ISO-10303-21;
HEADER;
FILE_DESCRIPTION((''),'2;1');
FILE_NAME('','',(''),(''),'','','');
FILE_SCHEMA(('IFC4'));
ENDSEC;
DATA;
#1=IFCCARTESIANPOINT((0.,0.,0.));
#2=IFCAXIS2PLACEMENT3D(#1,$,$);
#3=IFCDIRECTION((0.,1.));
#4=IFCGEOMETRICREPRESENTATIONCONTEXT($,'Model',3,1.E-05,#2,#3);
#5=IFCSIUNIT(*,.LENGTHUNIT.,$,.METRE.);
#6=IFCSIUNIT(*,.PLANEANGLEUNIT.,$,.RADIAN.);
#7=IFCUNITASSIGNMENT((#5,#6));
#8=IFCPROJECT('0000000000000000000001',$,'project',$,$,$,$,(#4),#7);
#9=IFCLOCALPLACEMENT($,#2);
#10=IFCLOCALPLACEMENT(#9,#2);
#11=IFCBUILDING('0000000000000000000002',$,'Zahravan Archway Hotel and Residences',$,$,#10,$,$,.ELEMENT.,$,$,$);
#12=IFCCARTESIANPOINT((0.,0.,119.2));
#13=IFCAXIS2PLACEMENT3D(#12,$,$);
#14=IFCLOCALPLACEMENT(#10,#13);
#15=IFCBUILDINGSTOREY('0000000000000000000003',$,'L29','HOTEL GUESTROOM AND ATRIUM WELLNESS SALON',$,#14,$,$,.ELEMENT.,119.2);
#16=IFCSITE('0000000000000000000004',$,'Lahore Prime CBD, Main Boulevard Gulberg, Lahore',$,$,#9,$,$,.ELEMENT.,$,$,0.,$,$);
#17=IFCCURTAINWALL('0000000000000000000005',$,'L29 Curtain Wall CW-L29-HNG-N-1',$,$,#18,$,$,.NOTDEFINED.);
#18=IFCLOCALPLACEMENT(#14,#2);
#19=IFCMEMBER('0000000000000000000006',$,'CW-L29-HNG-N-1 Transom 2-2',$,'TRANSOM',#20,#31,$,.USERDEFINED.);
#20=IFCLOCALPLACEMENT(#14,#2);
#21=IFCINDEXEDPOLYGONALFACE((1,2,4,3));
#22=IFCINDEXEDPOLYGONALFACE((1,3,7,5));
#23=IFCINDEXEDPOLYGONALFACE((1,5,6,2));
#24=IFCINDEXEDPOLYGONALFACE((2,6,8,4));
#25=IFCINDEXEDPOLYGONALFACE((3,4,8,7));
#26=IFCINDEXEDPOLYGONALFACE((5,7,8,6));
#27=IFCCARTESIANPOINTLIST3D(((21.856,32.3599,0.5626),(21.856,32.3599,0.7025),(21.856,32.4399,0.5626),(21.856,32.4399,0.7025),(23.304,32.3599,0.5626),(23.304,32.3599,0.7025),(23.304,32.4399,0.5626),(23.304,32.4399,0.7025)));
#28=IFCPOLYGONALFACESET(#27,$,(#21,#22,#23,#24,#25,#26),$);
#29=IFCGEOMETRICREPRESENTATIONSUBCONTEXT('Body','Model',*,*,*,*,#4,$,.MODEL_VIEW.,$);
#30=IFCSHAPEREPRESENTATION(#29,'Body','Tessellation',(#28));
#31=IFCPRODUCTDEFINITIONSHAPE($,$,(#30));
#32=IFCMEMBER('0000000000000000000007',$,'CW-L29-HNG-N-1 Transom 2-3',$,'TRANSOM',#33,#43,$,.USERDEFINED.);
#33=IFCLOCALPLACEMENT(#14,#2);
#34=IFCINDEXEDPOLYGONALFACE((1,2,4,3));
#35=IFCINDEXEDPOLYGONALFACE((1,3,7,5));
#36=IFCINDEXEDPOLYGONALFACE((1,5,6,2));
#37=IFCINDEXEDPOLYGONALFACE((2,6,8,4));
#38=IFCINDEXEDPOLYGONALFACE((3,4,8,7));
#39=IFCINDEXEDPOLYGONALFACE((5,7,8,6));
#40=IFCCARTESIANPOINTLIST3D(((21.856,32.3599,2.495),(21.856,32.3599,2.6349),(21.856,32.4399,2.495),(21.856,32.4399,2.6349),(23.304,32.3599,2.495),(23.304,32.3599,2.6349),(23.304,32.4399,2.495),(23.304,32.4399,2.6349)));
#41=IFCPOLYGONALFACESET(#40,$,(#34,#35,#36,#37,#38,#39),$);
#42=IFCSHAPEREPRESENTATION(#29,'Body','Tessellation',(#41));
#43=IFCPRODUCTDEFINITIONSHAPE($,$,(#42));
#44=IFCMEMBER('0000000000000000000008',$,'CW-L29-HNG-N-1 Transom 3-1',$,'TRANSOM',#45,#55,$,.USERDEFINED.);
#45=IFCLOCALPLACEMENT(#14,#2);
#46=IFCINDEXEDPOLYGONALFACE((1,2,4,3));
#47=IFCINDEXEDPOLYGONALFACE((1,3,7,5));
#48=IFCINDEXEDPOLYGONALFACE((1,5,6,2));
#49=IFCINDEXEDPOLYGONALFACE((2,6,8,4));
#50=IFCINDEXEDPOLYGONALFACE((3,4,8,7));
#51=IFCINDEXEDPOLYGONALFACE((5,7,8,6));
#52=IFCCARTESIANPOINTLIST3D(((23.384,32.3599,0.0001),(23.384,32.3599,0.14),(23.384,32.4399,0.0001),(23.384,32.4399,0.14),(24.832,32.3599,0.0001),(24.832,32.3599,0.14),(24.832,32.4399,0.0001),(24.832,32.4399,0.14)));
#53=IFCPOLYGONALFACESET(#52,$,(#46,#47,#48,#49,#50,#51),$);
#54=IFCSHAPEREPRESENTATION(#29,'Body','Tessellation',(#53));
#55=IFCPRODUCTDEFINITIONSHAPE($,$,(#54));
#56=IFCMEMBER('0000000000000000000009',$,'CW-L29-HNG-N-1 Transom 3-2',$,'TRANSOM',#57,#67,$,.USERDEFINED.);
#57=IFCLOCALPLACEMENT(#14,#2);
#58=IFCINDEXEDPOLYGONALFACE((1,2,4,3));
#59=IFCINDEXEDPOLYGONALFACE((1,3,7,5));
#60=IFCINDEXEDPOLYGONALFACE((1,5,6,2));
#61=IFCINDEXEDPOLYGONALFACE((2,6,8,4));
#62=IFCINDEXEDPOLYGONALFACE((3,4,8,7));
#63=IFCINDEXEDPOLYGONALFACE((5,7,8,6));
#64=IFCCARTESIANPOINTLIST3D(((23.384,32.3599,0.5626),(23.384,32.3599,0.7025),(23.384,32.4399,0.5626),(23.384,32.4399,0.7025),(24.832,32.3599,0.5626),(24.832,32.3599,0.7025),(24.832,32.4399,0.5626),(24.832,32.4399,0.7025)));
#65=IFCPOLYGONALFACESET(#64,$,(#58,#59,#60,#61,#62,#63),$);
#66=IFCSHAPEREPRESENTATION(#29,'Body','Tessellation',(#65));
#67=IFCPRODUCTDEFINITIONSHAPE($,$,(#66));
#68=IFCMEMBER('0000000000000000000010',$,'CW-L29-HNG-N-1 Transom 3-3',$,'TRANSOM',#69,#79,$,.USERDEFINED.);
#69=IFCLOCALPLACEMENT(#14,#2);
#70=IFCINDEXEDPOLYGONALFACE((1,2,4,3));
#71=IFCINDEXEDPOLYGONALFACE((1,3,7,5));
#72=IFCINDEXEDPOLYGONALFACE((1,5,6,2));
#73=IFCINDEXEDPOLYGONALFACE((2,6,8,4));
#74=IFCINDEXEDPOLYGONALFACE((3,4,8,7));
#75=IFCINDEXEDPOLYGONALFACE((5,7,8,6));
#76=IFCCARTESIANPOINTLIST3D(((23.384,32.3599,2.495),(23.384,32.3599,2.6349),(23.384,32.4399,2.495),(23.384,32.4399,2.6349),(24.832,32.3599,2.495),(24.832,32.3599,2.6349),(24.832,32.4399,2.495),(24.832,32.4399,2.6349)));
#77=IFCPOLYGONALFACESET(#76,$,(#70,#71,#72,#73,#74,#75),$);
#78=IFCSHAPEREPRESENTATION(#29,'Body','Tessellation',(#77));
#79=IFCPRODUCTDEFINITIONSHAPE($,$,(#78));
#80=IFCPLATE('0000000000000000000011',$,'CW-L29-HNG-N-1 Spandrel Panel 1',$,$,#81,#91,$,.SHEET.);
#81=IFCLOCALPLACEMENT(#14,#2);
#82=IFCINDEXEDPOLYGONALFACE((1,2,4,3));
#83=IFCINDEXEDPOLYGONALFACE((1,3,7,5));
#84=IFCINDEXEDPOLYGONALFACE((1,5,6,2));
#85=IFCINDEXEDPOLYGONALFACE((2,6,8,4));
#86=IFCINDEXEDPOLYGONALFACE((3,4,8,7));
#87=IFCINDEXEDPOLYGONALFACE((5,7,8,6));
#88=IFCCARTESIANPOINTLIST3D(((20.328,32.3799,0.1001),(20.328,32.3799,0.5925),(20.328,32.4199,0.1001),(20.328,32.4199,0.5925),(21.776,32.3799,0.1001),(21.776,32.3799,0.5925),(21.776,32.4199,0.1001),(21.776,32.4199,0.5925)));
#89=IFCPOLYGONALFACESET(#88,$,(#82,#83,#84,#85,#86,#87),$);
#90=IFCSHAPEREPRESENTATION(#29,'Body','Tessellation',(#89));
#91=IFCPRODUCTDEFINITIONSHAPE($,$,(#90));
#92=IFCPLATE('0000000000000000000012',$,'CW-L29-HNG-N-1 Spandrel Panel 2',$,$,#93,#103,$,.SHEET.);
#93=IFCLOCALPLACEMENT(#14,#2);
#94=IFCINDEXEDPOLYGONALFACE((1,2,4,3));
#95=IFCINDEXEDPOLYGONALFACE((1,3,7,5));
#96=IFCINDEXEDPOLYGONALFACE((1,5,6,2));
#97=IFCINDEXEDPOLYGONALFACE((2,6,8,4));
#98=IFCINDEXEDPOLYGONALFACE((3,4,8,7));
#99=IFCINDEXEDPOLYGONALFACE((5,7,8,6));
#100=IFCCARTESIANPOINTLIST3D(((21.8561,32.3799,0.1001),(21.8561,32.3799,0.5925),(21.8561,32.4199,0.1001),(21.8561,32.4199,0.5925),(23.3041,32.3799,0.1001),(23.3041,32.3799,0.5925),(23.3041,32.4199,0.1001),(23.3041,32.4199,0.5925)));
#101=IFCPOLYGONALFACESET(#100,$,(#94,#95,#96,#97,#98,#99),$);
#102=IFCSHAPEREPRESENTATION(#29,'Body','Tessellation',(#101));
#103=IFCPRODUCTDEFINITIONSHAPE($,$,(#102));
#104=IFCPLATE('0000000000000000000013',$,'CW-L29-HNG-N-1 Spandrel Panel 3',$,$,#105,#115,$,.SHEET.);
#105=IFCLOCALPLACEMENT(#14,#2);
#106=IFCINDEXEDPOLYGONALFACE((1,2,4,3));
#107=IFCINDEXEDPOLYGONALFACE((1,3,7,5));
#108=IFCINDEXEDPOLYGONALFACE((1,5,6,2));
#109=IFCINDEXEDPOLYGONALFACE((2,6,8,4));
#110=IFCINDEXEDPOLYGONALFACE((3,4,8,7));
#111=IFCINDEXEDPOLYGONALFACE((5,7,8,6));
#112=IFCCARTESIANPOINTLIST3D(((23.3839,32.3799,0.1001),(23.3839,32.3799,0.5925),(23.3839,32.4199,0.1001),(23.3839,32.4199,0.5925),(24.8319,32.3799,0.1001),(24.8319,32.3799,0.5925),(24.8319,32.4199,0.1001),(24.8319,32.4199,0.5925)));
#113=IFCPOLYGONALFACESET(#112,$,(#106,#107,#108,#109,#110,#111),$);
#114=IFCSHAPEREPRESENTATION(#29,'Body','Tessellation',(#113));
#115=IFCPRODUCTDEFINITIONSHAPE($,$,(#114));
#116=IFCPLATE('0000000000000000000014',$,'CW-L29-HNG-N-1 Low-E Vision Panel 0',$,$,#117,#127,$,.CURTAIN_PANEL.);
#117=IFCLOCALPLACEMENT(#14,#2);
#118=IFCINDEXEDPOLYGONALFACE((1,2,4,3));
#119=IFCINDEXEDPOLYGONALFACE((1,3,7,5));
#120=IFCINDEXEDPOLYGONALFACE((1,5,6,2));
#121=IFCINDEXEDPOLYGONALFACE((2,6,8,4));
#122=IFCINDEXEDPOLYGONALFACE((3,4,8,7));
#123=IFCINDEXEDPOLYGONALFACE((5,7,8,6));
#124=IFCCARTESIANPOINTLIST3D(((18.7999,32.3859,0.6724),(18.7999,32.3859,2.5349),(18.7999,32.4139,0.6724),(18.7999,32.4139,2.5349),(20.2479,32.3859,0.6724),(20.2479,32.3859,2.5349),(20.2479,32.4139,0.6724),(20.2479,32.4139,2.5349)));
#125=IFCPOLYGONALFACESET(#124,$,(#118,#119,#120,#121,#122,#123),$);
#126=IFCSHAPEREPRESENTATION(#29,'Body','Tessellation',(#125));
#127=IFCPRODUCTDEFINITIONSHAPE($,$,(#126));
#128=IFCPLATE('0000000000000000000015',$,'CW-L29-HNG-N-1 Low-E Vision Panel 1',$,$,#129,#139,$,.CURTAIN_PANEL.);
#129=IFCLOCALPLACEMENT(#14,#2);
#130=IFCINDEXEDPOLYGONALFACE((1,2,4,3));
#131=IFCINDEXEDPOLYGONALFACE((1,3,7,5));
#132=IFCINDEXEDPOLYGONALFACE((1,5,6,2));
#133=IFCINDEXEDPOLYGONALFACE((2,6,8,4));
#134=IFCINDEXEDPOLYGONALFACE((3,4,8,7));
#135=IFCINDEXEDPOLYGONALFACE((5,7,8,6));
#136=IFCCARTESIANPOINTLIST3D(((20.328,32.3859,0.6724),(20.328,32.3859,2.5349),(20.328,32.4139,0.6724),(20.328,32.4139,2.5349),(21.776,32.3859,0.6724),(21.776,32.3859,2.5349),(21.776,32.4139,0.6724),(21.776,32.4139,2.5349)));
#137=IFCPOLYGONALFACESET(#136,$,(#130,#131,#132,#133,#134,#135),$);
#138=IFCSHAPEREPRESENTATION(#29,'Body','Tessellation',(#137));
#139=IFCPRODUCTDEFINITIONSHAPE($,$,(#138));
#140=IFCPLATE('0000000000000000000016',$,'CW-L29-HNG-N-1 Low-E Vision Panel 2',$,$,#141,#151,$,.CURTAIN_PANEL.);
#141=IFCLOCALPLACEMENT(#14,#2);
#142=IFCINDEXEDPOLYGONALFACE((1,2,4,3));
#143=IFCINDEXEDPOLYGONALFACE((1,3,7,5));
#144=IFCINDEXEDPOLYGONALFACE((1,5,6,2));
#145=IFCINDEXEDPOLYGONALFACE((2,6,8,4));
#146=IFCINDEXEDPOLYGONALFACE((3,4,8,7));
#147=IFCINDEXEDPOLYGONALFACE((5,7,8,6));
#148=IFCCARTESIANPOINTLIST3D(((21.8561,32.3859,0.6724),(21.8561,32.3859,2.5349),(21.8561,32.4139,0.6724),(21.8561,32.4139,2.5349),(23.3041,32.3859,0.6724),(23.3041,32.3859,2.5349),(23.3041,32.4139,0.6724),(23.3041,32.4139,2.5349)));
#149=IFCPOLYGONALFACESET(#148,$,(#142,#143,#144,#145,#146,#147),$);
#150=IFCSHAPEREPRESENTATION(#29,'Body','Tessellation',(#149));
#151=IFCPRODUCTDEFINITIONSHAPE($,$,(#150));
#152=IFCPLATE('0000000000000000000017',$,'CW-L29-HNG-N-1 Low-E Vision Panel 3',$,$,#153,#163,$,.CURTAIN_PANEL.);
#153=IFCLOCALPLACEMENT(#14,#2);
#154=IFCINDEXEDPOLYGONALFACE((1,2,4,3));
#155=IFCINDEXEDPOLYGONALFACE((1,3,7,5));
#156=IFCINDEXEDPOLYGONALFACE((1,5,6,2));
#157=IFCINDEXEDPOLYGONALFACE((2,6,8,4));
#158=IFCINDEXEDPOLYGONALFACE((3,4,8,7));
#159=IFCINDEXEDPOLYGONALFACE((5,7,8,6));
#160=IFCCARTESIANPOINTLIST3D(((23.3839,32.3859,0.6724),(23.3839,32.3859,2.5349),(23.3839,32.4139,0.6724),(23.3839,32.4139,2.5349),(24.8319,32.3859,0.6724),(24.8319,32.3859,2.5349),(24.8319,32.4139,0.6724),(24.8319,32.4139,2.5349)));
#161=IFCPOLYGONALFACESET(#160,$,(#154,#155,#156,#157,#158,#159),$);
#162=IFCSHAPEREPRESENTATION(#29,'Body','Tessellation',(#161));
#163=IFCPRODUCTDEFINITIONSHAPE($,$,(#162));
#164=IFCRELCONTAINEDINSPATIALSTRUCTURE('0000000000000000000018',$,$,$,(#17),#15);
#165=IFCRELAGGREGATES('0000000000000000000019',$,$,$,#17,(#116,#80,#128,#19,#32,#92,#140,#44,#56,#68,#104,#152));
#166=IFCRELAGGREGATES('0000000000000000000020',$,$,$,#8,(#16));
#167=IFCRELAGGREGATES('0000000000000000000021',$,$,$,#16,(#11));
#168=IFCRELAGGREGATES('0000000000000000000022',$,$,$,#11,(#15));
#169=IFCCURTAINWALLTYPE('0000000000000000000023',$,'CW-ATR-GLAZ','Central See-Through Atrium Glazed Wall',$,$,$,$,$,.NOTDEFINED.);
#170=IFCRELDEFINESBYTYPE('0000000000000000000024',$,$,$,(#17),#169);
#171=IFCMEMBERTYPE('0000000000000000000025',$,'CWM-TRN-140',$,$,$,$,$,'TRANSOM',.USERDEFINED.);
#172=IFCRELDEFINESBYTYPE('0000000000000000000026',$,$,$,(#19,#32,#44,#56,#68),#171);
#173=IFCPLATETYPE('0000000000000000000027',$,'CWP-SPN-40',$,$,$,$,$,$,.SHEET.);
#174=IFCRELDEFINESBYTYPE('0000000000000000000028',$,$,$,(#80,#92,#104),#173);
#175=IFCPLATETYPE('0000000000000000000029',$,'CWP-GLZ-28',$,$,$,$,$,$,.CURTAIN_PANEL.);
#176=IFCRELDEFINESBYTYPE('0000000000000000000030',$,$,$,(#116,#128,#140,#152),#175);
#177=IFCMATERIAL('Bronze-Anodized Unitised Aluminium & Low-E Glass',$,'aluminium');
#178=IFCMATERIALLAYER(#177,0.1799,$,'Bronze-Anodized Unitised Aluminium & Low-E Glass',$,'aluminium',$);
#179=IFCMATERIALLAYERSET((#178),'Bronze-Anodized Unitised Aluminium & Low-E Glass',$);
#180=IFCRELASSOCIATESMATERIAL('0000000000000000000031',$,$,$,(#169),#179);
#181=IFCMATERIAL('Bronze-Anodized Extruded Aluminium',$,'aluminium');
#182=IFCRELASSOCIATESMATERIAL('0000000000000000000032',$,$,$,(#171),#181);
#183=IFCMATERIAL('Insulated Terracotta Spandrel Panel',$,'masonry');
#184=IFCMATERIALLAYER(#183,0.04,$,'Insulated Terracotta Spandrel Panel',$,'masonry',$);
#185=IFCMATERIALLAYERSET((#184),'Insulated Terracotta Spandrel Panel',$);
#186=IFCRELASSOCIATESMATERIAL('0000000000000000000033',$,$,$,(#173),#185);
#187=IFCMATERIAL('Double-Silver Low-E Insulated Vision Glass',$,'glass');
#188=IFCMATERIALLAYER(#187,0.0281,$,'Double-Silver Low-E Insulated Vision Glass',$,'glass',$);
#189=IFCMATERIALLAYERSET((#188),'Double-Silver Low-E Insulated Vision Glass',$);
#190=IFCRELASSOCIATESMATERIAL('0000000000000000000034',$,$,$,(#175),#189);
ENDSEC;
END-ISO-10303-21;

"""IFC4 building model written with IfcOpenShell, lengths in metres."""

from ifc_helpers import new_model, si_unit, direction, frame, origin, origin_2d, place, context, subcontext, project, spatial, rectangle, extrude, source, transform, mapped, material, layer, layer_set, material_profile, profile_set, type_object, element, aggregate, save


model = new_model("IFC4")

# Units and contexts
model_context = context("Model", 3, precision=1e-05, world=origin(), true_north=direction((0.0, 1.0)))
body_context = subcontext(model_context, "Body", "Model", "MODEL_VIEW")
ifc_project = project(units=[si_unit("LENGTHUNIT", "METRE"), si_unit("PLANEANGLEUNIT", "RADIAN")], contexts=[model_context])

# Site, building, storey
site_placement = place(None, origin())
site = spatial("IfcSite", under=ifc_project, at=site_placement, Name="Lahore Prime CBD, Main Boulevard Gulberg, Lahore", CompositionType="ELEMENT", RefElevation=0.0)
building_placement = place(site_placement, origin())
building = spatial("IfcBuilding", under=site, at=building_placement, Name="Zahravan Archway Hotel and Residences", CompositionType="ELEMENT")
storey_placement = place(building_placement, frame((0.0, 0.0, 119.2)))
storey = spatial("IfcBuildingStorey", under=building, at=storey_placement, Name="L29", Description="HOTEL GUESTROOM AND ATRIUM WELLNESS SALON", CompositionType="ELEMENT", Elevation=119.2)

# Curtain wall, members, plates
ifc_material_1 = material(Name="Bronze-Anodized Unitised Aluminium & Low-E Glass", Category="aluminium")
ifc_layer_1 = layer(ifc_material_1, 0.1799, Name="Bronze-Anodized Unitised Aluminium & Low-E Glass", Category="aluminium")
ifc_layer_set_1 = layer_set([ifc_layer_1], Name="Bronze-Anodized Unitised Aluminium & Low-E Glass")
curtain_wall_type = type_object("IfcCurtainWallType", Name="CW-ATR-GLAZ", Description="Central See-Through Atrium Glazed Wall", PredefinedType="NOTDEFINED", material=ifc_layer_set_1)
curtain_wall_placement = place(storey_placement, origin())
curtain_wall = element("IfcCurtainWall", 1, at=curtain_wall_placement, inside=storey, type_object=curtain_wall_type, Name="L29 Curtain Wall CW-L29-HNG-N-1", PredefinedType="NOTDEFINED")
ifc_material_2 = material(Name="Bronze-Anodized Extruded Aluminium", Category="aluminium")
ifc_material_profile_1 = material_profile(ifc_material_2, rectangle(XDim=0.0801, YDim=0.1399, at=origin_2d()), Name="TRN 80x140", Category="aluminium")
ifc_profile_set_1 = profile_set([ifc_material_profile_1], Name="Bronze-Anodized Extruded Aluminium")
member_type_1 = type_object("IfcMemberType", Name="CWM-TRN-140", ElementType="TRANSOM", PredefinedType="USERDEFINED", material=ifc_profile_set_1)
shared_shape_1 = source(origin(), body_context, "Body", "SweptSolid", [
    extrude(rectangle(XDim=0.0801, YDim=0.1399, at=origin_2d()), origin(), (0.0, 0.0, 1.0), 1.448),
])
member_1_placement = place(storey_placement, frame((21.856, 32.3999, 0.6326), z_axis=(1.0, 0.0, 0.0), x_axis=(0.0, 1.0, 0.0)))
member_1 = element("IfcMember", 2, at=member_1_placement, type_object=member_type_1, Name="CW-L29-HNG-N-1 Transom 2-2", ObjectType="TRANSOM", PredefinedType="USERDEFINED", context=body_context, shape_type="MappedRepresentation", body=[
    mapped(shared_shape_1, transform((0.0, 0.0, 0.0), scale=1.0)),
])
member_2_placement = place(storey_placement, frame((21.856, 32.3999, 2.5649), z_axis=(1.0, 0.0, 0.0), x_axis=(0.0, 1.0, 0.0)))
member_2 = element("IfcMember", 3, at=member_2_placement, type_object=member_type_1, Name="CW-L29-HNG-N-1 Transom 2-3", ObjectType="TRANSOM", PredefinedType="USERDEFINED", context=body_context, shape_type="MappedRepresentation", body=[
    mapped(shared_shape_1, transform((0.0, 0.0, 0.0), scale=1.0)),
])
member_3_placement = place(storey_placement, frame((23.384, 32.3999, 0.0701), z_axis=(1.0, 0.0, 0.0), x_axis=(0.0, 1.0, 0.0)))
member_3 = element("IfcMember", 4, at=member_3_placement, type_object=member_type_1, Name="CW-L29-HNG-N-1 Transom 3-1", ObjectType="TRANSOM", PredefinedType="USERDEFINED", context=body_context, shape_type="MappedRepresentation", body=[
    mapped(shared_shape_1, transform((0.0, 0.0, 0.0), scale=1.0)),
])
member_4_placement = place(storey_placement, frame((23.384, 32.3999, 0.6326), z_axis=(1.0, 0.0, 0.0), x_axis=(0.0, 1.0, 0.0)))
member_4 = element("IfcMember", 5, at=member_4_placement, type_object=member_type_1, Name="CW-L29-HNG-N-1 Transom 3-2", ObjectType="TRANSOM", PredefinedType="USERDEFINED", context=body_context, shape_type="MappedRepresentation", body=[
    mapped(shared_shape_1, transform((0.0, 0.0, 0.0), scale=1.0)),
])
member_5_placement = place(storey_placement, frame((23.384, 32.3999, 2.5649), z_axis=(1.0, 0.0, 0.0), x_axis=(0.0, 1.0, 0.0)))
member_5 = element("IfcMember", 6, at=member_5_placement, type_object=member_type_1, Name="CW-L29-HNG-N-1 Transom 3-3", ObjectType="TRANSOM", PredefinedType="USERDEFINED", context=body_context, shape_type="MappedRepresentation", body=[
    mapped(shared_shape_1, transform((0.0, 0.0, 0.0), scale=1.0)),
])
ifc_material_3 = material(Name="Insulated Terracotta Spandrel Panel", Category="masonry")
ifc_layer_2 = layer(ifc_material_3, 0.04, Name="Insulated Terracotta Spandrel Panel", Category="masonry")
ifc_layer_set_2 = layer_set([ifc_layer_2], Name="Insulated Terracotta Spandrel Panel")
plate_type_1 = type_object("IfcPlateType", Name="CWP-SPN-40", PredefinedType="SHEET", material=ifc_layer_set_2)
shared_shape_2 = source(origin(), body_context, "Body", "SweptSolid", [
    extrude(rectangle(XDim=1.448, YDim=0.04, at=origin_2d()), origin(), (0.0, 0.0, 1.0), 0.4924),
])
plate_1_placement = place(storey_placement, frame((21.052, 32.3999, 0.1001), z_axis=(0.0, 0.0, 1.0), x_axis=(1.0, 0.0, 0.0)))
plate_1 = element("IfcPlate", 7, at=plate_1_placement, type_object=plate_type_1, Name="CW-L29-HNG-N-1 Spandrel Panel 1", PredefinedType="SHEET", context=body_context, shape_type="MappedRepresentation", body=[
    mapped(shared_shape_2, transform((0.0, 0.0, 0.0), scale=1.0)),
])
plate_2_placement = place(storey_placement, frame((22.5801, 32.3999, 0.1001), z_axis=(0.0, 0.0, 1.0), x_axis=(1.0, 0.0, 0.0)))
plate_2 = element("IfcPlate", 8, at=plate_2_placement, type_object=plate_type_1, Name="CW-L29-HNG-N-1 Spandrel Panel 2", PredefinedType="SHEET", context=body_context, shape_type="MappedRepresentation", body=[
    mapped(shared_shape_2, transform((0.0, 0.0, 0.0), scale=1.0)),
])
plate_3_placement = place(storey_placement, frame((24.1079, 32.3999, 0.1001), z_axis=(0.0, 0.0, 1.0), x_axis=(1.0, 0.0, 0.0)))
plate_3 = element("IfcPlate", 9, at=plate_3_placement, type_object=plate_type_1, Name="CW-L29-HNG-N-1 Spandrel Panel 3", PredefinedType="SHEET", context=body_context, shape_type="MappedRepresentation", body=[
    mapped(shared_shape_2, transform((0.0, 0.0, 0.0), scale=1.0)),
])
ifc_material_4 = material(Name="Double-Silver Low-E Insulated Vision Glass", Category="glass")
ifc_layer_3 = layer(ifc_material_4, 0.0281, Name="Double-Silver Low-E Insulated Vision Glass", Category="glass")
ifc_layer_set_3 = layer_set([ifc_layer_3], Name="Double-Silver Low-E Insulated Vision Glass")
plate_type_2 = type_object("IfcPlateType", Name="CWP-GLZ-28", PredefinedType="CURTAIN_PANEL", material=ifc_layer_set_3)
shared_shape_3 = source(origin(), body_context, "Body", "SweptSolid", [
    extrude(rectangle(XDim=1.448, YDim=0.0281, at=origin_2d()), origin(), (0.0, 0.0, 1.0), 1.8625),
])
plate_4_placement = place(storey_placement, frame((19.5239, 32.3999, 0.6724), z_axis=(0.0, 0.0, 1.0), x_axis=(1.0, 0.0, 0.0)))
plate_4 = element("IfcPlate", 10, at=plate_4_placement, type_object=plate_type_2, Name="CW-L29-HNG-N-1 Low-E Vision Panel 0", PredefinedType="CURTAIN_PANEL", context=body_context, shape_type="MappedRepresentation", body=[
    mapped(shared_shape_3, transform((0.0, 0.0, 0.0), scale=1.0)),
])
plate_5_placement = place(storey_placement, frame((21.052, 32.3999, 0.6724), z_axis=(0.0, 0.0, 1.0), x_axis=(1.0, 0.0, 0.0)))
plate_5 = element("IfcPlate", 11, at=plate_5_placement, type_object=plate_type_2, Name="CW-L29-HNG-N-1 Low-E Vision Panel 1", PredefinedType="CURTAIN_PANEL", context=body_context, shape_type="MappedRepresentation", body=[
    mapped(shared_shape_3, transform((0.0, 0.0, 0.0), scale=1.0)),
])
plate_6_placement = place(storey_placement, frame((22.5801, 32.3999, 0.6724), z_axis=(0.0, 0.0, 1.0), x_axis=(1.0, 0.0, 0.0)))
plate_6 = element("IfcPlate", 12, at=plate_6_placement, type_object=plate_type_2, Name="CW-L29-HNG-N-1 Low-E Vision Panel 2", PredefinedType="CURTAIN_PANEL", context=body_context, shape_type="MappedRepresentation", body=[
    mapped(shared_shape_3, transform((0.0, 0.0, 0.0), scale=1.0)),
])
plate_7_placement = place(storey_placement, frame((24.1079, 32.3999, 0.6724), z_axis=(0.0, 0.0, 1.0), x_axis=(1.0, 0.0, 0.0)))
plate_7 = element("IfcPlate", 13, at=plate_7_placement, type_object=plate_type_2, Name="CW-L29-HNG-N-1 Low-E Vision Panel 3", PredefinedType="CURTAIN_PANEL", context=body_context, shape_type="MappedRepresentation", body=[
    mapped(shared_shape_3, transform((0.0, 0.0, 0.0), scale=1.0)),
])
aggregate(curtain_wall, [plate_4, plate_1, plate_5, member_1, member_2, plate_2, plate_6, member_3, member_4, member_5, plate_3, plate_7])

save(model, "model.ifc")
